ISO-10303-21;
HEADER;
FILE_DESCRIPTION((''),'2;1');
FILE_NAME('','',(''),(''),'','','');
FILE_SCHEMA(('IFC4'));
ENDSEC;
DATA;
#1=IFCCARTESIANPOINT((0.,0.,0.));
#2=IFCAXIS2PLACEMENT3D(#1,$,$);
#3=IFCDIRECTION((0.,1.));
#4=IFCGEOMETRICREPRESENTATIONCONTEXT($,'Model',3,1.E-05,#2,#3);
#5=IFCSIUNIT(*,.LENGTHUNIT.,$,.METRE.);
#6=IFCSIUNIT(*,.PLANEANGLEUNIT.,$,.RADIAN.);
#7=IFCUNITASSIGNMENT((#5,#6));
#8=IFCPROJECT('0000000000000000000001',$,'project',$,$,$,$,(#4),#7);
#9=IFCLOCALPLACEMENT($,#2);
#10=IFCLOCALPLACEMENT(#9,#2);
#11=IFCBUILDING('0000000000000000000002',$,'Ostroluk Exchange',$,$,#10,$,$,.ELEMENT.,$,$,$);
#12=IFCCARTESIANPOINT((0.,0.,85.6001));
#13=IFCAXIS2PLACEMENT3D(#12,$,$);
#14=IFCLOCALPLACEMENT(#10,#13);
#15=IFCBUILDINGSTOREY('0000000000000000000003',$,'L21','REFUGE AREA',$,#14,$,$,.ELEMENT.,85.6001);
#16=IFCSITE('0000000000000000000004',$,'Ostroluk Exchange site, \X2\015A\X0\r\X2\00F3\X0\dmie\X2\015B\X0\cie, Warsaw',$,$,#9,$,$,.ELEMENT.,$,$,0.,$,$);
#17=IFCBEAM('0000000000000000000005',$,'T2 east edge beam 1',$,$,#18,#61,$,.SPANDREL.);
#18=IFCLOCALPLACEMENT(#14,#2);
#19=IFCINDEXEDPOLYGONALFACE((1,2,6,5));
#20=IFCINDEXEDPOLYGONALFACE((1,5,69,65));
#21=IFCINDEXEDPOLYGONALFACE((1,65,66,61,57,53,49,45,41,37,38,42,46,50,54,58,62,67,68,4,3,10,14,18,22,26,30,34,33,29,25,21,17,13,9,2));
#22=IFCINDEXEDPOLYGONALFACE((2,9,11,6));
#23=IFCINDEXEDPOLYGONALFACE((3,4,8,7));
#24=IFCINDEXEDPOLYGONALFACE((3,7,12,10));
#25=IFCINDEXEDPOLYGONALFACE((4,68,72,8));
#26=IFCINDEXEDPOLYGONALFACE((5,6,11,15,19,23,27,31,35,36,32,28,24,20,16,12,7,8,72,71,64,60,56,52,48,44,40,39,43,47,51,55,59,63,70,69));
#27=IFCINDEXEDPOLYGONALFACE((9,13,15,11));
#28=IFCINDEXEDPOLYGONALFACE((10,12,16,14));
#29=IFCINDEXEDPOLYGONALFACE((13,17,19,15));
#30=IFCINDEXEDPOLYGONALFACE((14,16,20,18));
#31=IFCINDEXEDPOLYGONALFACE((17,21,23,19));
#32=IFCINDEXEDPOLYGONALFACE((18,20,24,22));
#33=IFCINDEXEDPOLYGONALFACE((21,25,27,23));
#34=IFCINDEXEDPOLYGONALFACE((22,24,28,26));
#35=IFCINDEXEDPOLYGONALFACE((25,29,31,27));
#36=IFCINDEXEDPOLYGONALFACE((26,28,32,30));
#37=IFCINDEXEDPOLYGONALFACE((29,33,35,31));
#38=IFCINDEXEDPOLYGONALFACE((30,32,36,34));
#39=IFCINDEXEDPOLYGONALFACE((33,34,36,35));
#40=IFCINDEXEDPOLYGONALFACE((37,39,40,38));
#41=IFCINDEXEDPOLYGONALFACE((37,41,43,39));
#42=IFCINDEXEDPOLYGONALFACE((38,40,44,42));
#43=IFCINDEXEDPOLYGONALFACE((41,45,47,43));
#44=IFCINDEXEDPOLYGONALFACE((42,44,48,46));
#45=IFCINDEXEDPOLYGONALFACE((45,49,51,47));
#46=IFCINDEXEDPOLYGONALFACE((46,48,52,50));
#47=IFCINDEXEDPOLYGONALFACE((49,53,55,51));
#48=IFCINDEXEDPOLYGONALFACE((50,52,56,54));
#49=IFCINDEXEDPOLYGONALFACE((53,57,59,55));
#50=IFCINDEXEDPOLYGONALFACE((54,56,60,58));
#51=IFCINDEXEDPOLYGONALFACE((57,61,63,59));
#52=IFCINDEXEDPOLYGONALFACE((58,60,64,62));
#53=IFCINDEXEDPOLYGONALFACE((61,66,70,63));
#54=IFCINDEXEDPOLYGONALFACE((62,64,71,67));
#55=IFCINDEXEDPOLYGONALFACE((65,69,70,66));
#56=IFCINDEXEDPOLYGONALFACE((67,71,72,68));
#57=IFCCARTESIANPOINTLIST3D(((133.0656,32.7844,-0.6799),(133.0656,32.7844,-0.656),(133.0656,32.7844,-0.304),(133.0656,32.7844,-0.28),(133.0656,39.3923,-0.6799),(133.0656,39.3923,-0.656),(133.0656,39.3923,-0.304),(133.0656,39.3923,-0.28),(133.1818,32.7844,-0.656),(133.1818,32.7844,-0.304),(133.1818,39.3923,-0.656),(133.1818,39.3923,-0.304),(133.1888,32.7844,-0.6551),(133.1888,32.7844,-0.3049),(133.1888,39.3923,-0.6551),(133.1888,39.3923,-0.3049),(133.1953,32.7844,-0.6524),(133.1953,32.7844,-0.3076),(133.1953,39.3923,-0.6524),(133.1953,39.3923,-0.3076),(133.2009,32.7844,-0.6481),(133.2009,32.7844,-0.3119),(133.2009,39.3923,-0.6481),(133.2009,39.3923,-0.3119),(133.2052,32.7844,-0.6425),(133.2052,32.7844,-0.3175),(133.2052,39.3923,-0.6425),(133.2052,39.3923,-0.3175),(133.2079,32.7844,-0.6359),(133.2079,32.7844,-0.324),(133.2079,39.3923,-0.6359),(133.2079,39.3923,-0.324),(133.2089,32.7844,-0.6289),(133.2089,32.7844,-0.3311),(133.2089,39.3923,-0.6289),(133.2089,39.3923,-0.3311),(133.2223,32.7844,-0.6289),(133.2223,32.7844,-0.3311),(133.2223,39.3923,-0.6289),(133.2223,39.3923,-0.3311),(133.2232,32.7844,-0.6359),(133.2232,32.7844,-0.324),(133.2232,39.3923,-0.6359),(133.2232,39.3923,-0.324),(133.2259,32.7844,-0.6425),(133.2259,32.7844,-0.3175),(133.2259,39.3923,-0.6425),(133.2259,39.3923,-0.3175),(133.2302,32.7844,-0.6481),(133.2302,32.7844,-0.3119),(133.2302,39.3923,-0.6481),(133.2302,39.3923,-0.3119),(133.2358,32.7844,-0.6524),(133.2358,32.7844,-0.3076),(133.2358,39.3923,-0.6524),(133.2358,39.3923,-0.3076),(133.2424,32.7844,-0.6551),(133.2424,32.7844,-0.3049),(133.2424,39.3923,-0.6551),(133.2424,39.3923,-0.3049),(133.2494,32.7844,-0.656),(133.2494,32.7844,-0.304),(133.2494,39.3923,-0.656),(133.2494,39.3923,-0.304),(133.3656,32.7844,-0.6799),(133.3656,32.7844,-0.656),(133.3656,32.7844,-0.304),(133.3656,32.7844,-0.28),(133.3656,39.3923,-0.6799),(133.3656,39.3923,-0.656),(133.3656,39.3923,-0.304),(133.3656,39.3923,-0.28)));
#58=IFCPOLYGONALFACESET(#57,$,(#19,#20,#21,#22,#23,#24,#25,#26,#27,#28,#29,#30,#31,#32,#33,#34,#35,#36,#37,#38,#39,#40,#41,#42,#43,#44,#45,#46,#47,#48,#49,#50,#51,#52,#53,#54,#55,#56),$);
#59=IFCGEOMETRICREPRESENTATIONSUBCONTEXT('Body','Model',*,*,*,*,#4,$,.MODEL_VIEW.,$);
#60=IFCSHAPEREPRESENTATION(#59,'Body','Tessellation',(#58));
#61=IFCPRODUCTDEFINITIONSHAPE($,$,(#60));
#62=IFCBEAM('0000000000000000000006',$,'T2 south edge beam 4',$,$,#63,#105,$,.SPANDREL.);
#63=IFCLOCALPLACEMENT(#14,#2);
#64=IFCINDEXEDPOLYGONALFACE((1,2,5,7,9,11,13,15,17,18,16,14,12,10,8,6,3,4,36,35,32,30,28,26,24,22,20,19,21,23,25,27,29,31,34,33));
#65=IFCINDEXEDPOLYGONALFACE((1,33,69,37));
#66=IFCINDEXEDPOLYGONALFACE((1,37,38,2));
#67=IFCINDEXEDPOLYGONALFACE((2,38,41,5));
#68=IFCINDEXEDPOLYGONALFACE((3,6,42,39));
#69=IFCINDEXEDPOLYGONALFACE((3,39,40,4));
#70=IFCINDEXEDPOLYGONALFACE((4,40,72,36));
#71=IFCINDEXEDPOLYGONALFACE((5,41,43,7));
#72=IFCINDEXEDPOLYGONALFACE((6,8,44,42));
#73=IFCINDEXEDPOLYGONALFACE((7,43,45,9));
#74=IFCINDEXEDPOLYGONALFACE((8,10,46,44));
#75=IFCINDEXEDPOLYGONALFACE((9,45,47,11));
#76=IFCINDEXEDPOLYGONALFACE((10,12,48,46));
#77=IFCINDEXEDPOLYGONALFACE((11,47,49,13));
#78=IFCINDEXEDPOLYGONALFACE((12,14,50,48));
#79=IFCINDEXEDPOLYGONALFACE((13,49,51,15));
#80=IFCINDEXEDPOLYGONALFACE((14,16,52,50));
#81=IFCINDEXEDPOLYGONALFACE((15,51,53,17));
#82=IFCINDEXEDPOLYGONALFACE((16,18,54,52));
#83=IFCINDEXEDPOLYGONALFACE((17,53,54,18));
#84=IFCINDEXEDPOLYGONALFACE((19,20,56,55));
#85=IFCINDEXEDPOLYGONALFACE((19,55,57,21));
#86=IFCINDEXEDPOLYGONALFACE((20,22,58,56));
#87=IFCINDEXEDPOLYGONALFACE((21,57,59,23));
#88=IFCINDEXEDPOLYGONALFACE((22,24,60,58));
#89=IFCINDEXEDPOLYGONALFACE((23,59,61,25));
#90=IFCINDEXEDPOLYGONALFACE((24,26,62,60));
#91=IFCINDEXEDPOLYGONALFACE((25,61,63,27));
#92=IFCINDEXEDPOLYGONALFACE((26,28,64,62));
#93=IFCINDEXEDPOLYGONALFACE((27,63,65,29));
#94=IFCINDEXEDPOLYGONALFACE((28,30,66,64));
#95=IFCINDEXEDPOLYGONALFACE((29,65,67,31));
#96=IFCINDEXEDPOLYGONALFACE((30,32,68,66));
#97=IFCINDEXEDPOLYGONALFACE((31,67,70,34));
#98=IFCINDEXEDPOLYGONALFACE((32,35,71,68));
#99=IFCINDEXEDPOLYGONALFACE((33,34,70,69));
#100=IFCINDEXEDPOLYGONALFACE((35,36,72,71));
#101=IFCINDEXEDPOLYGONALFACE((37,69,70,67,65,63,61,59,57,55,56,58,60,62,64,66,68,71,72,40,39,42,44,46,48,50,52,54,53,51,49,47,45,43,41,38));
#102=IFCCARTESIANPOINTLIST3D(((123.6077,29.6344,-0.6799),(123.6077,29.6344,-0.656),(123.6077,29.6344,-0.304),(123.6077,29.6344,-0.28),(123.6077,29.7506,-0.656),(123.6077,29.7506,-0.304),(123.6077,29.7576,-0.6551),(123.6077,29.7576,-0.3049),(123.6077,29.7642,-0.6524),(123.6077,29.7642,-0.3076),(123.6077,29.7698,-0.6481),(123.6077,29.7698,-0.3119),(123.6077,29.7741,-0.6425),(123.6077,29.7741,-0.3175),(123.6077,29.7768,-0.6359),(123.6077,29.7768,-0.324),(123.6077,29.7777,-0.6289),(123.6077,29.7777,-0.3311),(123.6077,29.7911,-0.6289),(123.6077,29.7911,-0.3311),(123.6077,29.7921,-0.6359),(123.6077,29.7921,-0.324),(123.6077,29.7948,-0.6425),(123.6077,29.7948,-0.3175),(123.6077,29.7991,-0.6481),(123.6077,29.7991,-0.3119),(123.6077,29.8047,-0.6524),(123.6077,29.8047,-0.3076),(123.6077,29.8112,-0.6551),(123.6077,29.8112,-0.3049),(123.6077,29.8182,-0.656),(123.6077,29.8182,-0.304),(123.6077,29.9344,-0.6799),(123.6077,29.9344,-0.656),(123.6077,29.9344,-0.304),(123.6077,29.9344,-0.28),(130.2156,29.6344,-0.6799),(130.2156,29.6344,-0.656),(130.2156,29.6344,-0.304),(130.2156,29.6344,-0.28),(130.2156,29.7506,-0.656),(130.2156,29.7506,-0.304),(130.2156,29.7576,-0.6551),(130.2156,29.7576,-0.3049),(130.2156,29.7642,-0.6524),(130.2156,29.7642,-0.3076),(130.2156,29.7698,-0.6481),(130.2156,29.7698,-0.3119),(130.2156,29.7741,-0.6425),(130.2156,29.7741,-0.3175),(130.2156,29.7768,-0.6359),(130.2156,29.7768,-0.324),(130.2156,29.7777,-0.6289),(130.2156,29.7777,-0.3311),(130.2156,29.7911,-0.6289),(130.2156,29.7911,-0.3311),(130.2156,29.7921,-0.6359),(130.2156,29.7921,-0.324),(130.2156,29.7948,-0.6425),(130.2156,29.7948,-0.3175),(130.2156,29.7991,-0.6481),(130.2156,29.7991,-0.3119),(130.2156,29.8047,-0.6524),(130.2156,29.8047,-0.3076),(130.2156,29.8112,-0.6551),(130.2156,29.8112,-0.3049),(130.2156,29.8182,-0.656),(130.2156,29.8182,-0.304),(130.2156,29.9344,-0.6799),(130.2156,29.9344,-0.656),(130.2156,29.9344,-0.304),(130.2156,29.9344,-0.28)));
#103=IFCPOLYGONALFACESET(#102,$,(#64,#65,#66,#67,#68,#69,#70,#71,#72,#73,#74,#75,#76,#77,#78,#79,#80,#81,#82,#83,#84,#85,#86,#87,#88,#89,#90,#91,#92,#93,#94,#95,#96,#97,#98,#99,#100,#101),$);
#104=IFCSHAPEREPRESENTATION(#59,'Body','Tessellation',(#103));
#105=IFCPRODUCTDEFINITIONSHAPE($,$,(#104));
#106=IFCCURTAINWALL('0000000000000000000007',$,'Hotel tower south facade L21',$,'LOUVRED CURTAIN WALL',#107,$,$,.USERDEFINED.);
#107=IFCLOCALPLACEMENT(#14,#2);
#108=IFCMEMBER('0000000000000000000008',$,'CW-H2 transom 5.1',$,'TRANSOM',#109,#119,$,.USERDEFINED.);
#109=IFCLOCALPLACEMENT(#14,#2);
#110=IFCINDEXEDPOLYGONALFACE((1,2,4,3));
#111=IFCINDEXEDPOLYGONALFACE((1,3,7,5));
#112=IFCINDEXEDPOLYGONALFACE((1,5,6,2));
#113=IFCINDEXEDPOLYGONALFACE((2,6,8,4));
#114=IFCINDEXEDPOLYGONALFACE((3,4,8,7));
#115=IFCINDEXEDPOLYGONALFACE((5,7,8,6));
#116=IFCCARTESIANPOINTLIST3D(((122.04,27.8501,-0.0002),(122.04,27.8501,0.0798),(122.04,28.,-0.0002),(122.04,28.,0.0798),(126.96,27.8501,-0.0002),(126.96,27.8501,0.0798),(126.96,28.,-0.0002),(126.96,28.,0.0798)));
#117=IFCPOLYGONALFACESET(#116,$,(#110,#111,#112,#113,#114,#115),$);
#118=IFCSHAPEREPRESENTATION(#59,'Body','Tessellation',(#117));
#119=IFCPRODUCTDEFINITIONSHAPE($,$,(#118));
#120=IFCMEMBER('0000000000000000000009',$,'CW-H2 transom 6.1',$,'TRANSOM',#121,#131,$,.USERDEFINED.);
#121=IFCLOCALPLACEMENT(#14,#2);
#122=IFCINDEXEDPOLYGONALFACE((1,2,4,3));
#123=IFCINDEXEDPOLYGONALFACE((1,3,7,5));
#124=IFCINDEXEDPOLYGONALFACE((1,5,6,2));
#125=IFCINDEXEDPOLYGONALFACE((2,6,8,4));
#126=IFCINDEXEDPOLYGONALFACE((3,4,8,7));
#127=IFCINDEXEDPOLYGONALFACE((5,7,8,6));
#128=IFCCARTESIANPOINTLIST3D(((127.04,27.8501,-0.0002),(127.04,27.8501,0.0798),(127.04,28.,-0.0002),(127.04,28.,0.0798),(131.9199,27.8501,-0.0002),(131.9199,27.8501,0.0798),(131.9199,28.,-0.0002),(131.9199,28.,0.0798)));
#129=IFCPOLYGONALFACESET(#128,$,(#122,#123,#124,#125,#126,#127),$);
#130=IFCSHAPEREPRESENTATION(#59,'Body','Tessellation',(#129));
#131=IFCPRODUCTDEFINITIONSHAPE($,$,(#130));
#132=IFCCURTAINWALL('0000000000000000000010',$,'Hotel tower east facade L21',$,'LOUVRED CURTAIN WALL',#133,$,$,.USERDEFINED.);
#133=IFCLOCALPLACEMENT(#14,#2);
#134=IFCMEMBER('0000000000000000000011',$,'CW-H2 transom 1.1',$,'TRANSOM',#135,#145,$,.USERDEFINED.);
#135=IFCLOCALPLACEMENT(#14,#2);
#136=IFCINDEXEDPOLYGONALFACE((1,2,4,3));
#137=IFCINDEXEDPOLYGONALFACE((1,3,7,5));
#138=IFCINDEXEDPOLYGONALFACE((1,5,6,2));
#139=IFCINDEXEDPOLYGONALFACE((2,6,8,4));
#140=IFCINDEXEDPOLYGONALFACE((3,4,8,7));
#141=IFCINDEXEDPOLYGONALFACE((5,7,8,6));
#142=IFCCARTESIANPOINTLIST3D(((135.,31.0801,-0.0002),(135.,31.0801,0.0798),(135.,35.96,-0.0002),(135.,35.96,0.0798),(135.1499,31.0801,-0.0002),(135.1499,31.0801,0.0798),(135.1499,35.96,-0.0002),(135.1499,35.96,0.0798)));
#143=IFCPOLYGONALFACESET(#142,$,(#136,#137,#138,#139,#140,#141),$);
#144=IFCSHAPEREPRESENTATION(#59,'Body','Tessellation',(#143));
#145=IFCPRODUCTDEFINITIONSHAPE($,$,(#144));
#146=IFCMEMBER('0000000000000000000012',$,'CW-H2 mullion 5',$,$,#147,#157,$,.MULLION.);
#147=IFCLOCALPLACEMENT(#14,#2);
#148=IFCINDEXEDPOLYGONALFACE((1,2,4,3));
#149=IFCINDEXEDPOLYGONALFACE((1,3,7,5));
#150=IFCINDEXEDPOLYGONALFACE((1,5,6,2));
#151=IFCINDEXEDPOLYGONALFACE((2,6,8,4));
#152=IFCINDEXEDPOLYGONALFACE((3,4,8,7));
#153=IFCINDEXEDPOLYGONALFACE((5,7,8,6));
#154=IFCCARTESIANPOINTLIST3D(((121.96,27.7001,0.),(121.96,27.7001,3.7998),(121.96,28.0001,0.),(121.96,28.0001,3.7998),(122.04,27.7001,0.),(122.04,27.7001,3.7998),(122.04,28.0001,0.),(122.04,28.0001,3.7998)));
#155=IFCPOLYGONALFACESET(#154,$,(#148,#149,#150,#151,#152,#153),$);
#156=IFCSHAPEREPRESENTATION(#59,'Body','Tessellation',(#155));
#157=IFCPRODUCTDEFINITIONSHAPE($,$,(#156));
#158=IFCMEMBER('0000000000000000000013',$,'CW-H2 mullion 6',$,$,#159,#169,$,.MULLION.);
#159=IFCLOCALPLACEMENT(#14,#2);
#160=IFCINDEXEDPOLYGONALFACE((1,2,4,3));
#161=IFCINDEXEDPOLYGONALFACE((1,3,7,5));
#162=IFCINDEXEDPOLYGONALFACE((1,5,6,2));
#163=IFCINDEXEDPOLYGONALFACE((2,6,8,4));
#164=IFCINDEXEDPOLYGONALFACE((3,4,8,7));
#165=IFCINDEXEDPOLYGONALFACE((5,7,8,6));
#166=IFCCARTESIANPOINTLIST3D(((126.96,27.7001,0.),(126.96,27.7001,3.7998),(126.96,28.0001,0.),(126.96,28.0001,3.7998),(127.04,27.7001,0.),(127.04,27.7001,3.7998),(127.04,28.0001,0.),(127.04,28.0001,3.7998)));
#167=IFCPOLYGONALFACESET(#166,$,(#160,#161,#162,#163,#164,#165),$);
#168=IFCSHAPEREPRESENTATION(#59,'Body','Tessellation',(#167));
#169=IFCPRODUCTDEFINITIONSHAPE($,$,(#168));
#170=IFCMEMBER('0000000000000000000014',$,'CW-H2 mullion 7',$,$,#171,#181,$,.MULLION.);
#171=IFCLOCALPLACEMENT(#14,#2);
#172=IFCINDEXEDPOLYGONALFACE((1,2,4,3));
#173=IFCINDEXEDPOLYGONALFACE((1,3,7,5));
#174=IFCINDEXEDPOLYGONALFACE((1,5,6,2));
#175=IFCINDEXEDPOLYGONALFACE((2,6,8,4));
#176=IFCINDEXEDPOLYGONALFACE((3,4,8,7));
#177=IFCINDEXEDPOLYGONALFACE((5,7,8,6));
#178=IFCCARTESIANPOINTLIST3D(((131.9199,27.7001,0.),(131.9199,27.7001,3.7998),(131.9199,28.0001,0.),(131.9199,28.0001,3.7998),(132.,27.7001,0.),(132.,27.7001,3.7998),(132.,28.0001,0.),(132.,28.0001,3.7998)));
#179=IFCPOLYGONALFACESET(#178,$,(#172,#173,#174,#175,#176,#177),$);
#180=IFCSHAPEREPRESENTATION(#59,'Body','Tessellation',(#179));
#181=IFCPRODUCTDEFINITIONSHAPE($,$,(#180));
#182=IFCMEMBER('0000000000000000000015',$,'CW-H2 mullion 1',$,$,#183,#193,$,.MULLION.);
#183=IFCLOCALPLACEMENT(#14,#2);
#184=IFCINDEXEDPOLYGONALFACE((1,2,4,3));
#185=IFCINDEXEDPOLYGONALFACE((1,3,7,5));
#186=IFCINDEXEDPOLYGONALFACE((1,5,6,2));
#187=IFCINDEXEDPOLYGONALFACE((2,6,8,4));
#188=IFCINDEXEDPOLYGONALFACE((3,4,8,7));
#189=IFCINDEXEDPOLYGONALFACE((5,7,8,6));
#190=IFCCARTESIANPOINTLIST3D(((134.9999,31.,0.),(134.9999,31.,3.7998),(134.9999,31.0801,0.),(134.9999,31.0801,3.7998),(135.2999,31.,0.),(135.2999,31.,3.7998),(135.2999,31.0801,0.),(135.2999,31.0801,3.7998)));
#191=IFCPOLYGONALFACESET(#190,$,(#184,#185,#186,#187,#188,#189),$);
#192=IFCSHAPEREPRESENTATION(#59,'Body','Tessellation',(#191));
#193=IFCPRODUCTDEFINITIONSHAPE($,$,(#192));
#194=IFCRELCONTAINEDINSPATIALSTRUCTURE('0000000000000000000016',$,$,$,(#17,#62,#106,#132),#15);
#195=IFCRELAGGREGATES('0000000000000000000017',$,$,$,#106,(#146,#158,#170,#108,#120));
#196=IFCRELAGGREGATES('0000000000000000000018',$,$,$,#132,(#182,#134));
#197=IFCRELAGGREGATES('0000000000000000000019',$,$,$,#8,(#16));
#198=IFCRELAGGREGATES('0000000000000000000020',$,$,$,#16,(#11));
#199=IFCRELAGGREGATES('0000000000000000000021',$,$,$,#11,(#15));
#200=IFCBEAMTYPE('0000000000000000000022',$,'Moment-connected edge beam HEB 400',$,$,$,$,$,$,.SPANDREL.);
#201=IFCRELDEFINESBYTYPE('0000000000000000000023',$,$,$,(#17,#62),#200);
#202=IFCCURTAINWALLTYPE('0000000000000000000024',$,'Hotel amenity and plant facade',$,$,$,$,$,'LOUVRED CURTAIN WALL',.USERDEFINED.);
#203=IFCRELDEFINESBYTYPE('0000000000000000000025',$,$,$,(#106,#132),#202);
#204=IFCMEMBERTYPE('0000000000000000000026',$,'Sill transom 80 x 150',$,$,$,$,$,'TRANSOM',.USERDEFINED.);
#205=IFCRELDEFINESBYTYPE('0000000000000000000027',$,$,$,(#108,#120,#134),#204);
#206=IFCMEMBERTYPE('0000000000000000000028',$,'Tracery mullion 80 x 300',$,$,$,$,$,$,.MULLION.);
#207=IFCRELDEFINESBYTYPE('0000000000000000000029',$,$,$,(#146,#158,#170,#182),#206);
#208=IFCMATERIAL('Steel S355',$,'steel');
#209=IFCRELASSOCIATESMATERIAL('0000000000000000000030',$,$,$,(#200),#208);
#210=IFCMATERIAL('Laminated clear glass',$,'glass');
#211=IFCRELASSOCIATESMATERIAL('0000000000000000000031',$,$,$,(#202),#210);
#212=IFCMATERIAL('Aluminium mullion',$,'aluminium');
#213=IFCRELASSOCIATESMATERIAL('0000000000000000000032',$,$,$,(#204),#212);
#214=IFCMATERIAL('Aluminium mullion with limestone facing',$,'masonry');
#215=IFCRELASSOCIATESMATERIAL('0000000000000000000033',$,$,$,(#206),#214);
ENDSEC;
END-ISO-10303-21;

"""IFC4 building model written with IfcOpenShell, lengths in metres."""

from ifc_helpers import new_model, si_unit, direction, frame, origin, origin_2d, place, context, subcontext, project, spatial, rectangle, i_section, extrude, material, material_profile, profile_set, type_object, element, aggregate, save


model = new_model("IFC4")

# Units and contexts
model_context = context("Model", 3, precision=1e-05, world=origin(), true_north=direction((0.0, 1.0)))
body_context = subcontext(model_context, "Body", "Model", "MODEL_VIEW")
ifc_project = project(units=[si_unit("LENGTHUNIT", "METRE"), si_unit("PLANEANGLEUNIT", "RADIAN")], contexts=[model_context])

# Site, building, storey
site_placement = place(None, origin())
site = spatial("IfcSite", under=ifc_project, at=site_placement, Name="Ostroluk Exchange site, Śródmieście, Warsaw", CompositionType="ELEMENT", RefElevation=0.0)
building_placement = place(site_placement, origin())
building = spatial("IfcBuilding", under=site, at=building_placement, Name="Ostroluk Exchange", CompositionType="ELEMENT")
storey_placement = place(building_placement, frame((0.0, 0.0, 85.6001)))
storey = spatial("IfcBuildingStorey", under=building, at=storey_placement, Name="L21", Description="REFUGE AREA", CompositionType="ELEMENT", Elevation=85.6001)

# Beams
ifc_material_1 = material(Name="Steel S355", Category="steel")
ifc_material_profile_1 = material_profile(ifc_material_1, i_section(OverallWidth=0.3, OverallDepth=0.3999, WebThickness=0.0134, FlangeThickness=0.0239, FilletRadius=0.0271, at=origin_2d()), Name="HEB 400")
ifc_profile_set_1 = profile_set([ifc_material_profile_1], Name="Steel S355")
beam_type_1 = type_object("IfcBeamType", Name="Moment-connected edge beam HEB 400", PredefinedType="SPANDREL", material=ifc_profile_set_1)
for number, where, z_axis, x_axis, name in (
    (1, (133.2156, 32.7844, -0.48), (0.0, 1.0, 0.0), (-1.0, 0.0, 0.0), "T2 east edge beam 1"),
    (2, (123.6077, 29.7844, -0.48), (1.0, 0.0, 0.0), (0.0, 1.0, 0.0), "T2 south edge beam 4"),
):
    element("IfcBeam", number, at=place(storey_placement, frame(where, z_axis=z_axis, x_axis=x_axis)), inside=storey, type_object=beam_type_1, Name=name, PredefinedType="SPANDREL", context=body_context, shape_type="SweptSolid", body=[
        extrude(i_section(OverallWidth=0.3, OverallDepth=0.3999, WebThickness=0.0134, FlangeThickness=0.0239, FilletRadius=0.0271, at=origin_2d()), origin(), (0.0, 0.0, 1.0), 6.6079),
    ])

# Curtain wall, members
ifc_material_2 = material(Name="Laminated clear glass", Category="glass")
curtain_wall_type = type_object("IfcCurtainWallType", Name="Hotel amenity and plant facade", ElementType="LOUVRED CURTAIN WALL", PredefinedType="USERDEFINED", material=ifc_material_2)
curtain_wall_1_placement = place(storey_placement, origin())
curtain_wall_1 = element("IfcCurtainWall", 3, at=curtain_wall_1_placement, inside=storey, type_object=curtain_wall_type, Name="Hotel tower south facade L21", ObjectType="LOUVRED CURTAIN WALL", PredefinedType="USERDEFINED")
ifc_material_3 = material(Name="Aluminium mullion", Category="aluminium")
ifc_material_profile_2 = material_profile(ifc_material_3, rectangle(XDim=0.1499, YDim=0.0801, at=origin_2d()), Name="Sill transom 80 x 150")
ifc_profile_set_2 = profile_set([ifc_material_profile_2], Name="Aluminium mullion")
member_type_1 = type_object("IfcMemberType", Name="Sill transom 80 x 150", ElementType="TRANSOM", PredefinedType="USERDEFINED", material=ifc_profile_set_2)
member_1_placement = place(storey_placement, frame((122.04, 27.925, 0.0398), z_axis=(1.0, 0.0, 0.0), x_axis=(0.0, 1.0, 0.0)))
member_1 = element("IfcMember", 4, at=member_1_placement, type_object=member_type_1, Name="CW-H2 transom 5.1", ObjectType="TRANSOM", PredefinedType="USERDEFINED", context=body_context, shape_type="SweptSolid", body=[
    extrude(rectangle(XDim=0.1499, YDim=0.0801, at=origin_2d()), origin(), (0.0, 0.0, 1.0), 4.9199),
])
member_2_placement = place(storey_placement, frame((127.04, 27.925, 0.0398), z_axis=(1.0, 0.0, 0.0), x_axis=(0.0, 1.0, 0.0)))
member_2 = element("IfcMember", 5, at=member_2_placement, type_object=member_type_1, Name="CW-H2 transom 6.1", ObjectType="TRANSOM", PredefinedType="USERDEFINED", context=body_context, shape_type="SweptSolid", body=[
    extrude(rectangle(XDim=0.1499, YDim=0.0801, at=origin_2d()), origin(), (0.0, 0.0, 1.0), 4.8799),
])

# Curtain wall, member
curtain_wall_2_placement = place(storey_placement, origin())
curtain_wall_2 = element("IfcCurtainWall", 6, at=curtain_wall_2_placement, inside=storey, type_object=curtain_wall_type, Name="Hotel tower east facade L21", ObjectType="LOUVRED CURTAIN WALL", PredefinedType="USERDEFINED")
member_3_placement = place(storey_placement, frame((135.075, 31.0801, 0.0398), z_axis=(0.0, 1.0, 0.0), x_axis=(-1.0, 0.0, 0.0)))
member_3 = element("IfcMember", 7, at=member_3_placement, type_object=member_type_1, Name="CW-H2 transom 1.1", ObjectType="TRANSOM", PredefinedType="USERDEFINED", context=body_context, shape_type="SweptSolid", body=[
    extrude(rectangle(XDim=0.1499, YDim=0.0801, at=origin_2d()), origin(), (0.0, 0.0, 1.0), 4.8799),
])

# Members
ifc_material_4 = material(Name="Aluminium mullion with limestone facing", Category="masonry")
ifc_material_profile_3 = material_profile(ifc_material_4, rectangle(XDim=0.3, YDim=0.0801, at=origin_2d()), Name="Tracery mullion 80 x 300")
ifc_profile_set_3 = profile_set([ifc_material_profile_3], Name="Aluminium mullion with limestone facing")
member_type_2 = type_object("IfcMemberType", Name="Tracery mullion 80 x 300", PredefinedType="MULLION", material=ifc_profile_set_3)
member_4_placement = place(storey_placement, frame((122.0, 27.8501, 0.0), z_axis=(0.0, 0.0, 1.0), x_axis=(0.0, 1.0, 0.0)))
member_4 = element("IfcMember", 8, at=member_4_placement, type_object=member_type_2, Name="CW-H2 mullion 5", PredefinedType="MULLION", context=body_context, shape_type="SweptSolid", body=[
    extrude(rectangle(XDim=0.3, YDim=0.0801, at=origin_2d()), origin(), (0.0, 0.0, 1.0), 3.7998),
])
member_5_placement = place(storey_placement, frame((127.0, 27.8501, 0.0), z_axis=(0.0, 0.0, 1.0), x_axis=(0.0, 1.0, 0.0)))
member_5 = element("IfcMember", 9, at=member_5_placement, type_object=member_type_2, Name="CW-H2 mullion 6", PredefinedType="MULLION", context=body_context, shape_type="SweptSolid", body=[
    extrude(rectangle(XDim=0.3, YDim=0.0801, at=origin_2d()), origin(), (0.0, 0.0, 1.0), 3.7998),
])
member_6_placement = place(storey_placement, frame((131.96, 27.8501, 0.0), z_axis=(0.0, 0.0, 1.0), x_axis=(0.0, 1.0, 0.0)))
member_6 = element("IfcMember", 10, at=member_6_placement, type_object=member_type_2, Name="CW-H2 mullion 7", PredefinedType="MULLION", context=body_context, shape_type="SweptSolid", body=[
    extrude(rectangle(XDim=0.3, YDim=0.0801, at=origin_2d()), origin(), (0.0, 0.0, 1.0), 3.7998),
])
member_7_placement = place(storey_placement, frame((135.1499, 31.04, 0.0), z_axis=(0.0, 0.0, 1.0), x_axis=(-1.0, 0.0, 0.0)))
member_7 = element("IfcMember", 11, at=member_7_placement, type_object=member_type_2, Name="CW-H2 mullion 1", PredefinedType="MULLION", context=body_context, shape_type="SweptSolid", body=[
    extrude(rectangle(XDim=0.3, YDim=0.0801, at=origin_2d()), origin(), (0.0, 0.0, 1.0), 3.7998),
])

aggregate(curtain_wall_1, [member_4, member_5, member_6, member_1, member_2])
aggregate(curtain_wall_2, [member_7, member_3])

save(model, "model.ifc")
